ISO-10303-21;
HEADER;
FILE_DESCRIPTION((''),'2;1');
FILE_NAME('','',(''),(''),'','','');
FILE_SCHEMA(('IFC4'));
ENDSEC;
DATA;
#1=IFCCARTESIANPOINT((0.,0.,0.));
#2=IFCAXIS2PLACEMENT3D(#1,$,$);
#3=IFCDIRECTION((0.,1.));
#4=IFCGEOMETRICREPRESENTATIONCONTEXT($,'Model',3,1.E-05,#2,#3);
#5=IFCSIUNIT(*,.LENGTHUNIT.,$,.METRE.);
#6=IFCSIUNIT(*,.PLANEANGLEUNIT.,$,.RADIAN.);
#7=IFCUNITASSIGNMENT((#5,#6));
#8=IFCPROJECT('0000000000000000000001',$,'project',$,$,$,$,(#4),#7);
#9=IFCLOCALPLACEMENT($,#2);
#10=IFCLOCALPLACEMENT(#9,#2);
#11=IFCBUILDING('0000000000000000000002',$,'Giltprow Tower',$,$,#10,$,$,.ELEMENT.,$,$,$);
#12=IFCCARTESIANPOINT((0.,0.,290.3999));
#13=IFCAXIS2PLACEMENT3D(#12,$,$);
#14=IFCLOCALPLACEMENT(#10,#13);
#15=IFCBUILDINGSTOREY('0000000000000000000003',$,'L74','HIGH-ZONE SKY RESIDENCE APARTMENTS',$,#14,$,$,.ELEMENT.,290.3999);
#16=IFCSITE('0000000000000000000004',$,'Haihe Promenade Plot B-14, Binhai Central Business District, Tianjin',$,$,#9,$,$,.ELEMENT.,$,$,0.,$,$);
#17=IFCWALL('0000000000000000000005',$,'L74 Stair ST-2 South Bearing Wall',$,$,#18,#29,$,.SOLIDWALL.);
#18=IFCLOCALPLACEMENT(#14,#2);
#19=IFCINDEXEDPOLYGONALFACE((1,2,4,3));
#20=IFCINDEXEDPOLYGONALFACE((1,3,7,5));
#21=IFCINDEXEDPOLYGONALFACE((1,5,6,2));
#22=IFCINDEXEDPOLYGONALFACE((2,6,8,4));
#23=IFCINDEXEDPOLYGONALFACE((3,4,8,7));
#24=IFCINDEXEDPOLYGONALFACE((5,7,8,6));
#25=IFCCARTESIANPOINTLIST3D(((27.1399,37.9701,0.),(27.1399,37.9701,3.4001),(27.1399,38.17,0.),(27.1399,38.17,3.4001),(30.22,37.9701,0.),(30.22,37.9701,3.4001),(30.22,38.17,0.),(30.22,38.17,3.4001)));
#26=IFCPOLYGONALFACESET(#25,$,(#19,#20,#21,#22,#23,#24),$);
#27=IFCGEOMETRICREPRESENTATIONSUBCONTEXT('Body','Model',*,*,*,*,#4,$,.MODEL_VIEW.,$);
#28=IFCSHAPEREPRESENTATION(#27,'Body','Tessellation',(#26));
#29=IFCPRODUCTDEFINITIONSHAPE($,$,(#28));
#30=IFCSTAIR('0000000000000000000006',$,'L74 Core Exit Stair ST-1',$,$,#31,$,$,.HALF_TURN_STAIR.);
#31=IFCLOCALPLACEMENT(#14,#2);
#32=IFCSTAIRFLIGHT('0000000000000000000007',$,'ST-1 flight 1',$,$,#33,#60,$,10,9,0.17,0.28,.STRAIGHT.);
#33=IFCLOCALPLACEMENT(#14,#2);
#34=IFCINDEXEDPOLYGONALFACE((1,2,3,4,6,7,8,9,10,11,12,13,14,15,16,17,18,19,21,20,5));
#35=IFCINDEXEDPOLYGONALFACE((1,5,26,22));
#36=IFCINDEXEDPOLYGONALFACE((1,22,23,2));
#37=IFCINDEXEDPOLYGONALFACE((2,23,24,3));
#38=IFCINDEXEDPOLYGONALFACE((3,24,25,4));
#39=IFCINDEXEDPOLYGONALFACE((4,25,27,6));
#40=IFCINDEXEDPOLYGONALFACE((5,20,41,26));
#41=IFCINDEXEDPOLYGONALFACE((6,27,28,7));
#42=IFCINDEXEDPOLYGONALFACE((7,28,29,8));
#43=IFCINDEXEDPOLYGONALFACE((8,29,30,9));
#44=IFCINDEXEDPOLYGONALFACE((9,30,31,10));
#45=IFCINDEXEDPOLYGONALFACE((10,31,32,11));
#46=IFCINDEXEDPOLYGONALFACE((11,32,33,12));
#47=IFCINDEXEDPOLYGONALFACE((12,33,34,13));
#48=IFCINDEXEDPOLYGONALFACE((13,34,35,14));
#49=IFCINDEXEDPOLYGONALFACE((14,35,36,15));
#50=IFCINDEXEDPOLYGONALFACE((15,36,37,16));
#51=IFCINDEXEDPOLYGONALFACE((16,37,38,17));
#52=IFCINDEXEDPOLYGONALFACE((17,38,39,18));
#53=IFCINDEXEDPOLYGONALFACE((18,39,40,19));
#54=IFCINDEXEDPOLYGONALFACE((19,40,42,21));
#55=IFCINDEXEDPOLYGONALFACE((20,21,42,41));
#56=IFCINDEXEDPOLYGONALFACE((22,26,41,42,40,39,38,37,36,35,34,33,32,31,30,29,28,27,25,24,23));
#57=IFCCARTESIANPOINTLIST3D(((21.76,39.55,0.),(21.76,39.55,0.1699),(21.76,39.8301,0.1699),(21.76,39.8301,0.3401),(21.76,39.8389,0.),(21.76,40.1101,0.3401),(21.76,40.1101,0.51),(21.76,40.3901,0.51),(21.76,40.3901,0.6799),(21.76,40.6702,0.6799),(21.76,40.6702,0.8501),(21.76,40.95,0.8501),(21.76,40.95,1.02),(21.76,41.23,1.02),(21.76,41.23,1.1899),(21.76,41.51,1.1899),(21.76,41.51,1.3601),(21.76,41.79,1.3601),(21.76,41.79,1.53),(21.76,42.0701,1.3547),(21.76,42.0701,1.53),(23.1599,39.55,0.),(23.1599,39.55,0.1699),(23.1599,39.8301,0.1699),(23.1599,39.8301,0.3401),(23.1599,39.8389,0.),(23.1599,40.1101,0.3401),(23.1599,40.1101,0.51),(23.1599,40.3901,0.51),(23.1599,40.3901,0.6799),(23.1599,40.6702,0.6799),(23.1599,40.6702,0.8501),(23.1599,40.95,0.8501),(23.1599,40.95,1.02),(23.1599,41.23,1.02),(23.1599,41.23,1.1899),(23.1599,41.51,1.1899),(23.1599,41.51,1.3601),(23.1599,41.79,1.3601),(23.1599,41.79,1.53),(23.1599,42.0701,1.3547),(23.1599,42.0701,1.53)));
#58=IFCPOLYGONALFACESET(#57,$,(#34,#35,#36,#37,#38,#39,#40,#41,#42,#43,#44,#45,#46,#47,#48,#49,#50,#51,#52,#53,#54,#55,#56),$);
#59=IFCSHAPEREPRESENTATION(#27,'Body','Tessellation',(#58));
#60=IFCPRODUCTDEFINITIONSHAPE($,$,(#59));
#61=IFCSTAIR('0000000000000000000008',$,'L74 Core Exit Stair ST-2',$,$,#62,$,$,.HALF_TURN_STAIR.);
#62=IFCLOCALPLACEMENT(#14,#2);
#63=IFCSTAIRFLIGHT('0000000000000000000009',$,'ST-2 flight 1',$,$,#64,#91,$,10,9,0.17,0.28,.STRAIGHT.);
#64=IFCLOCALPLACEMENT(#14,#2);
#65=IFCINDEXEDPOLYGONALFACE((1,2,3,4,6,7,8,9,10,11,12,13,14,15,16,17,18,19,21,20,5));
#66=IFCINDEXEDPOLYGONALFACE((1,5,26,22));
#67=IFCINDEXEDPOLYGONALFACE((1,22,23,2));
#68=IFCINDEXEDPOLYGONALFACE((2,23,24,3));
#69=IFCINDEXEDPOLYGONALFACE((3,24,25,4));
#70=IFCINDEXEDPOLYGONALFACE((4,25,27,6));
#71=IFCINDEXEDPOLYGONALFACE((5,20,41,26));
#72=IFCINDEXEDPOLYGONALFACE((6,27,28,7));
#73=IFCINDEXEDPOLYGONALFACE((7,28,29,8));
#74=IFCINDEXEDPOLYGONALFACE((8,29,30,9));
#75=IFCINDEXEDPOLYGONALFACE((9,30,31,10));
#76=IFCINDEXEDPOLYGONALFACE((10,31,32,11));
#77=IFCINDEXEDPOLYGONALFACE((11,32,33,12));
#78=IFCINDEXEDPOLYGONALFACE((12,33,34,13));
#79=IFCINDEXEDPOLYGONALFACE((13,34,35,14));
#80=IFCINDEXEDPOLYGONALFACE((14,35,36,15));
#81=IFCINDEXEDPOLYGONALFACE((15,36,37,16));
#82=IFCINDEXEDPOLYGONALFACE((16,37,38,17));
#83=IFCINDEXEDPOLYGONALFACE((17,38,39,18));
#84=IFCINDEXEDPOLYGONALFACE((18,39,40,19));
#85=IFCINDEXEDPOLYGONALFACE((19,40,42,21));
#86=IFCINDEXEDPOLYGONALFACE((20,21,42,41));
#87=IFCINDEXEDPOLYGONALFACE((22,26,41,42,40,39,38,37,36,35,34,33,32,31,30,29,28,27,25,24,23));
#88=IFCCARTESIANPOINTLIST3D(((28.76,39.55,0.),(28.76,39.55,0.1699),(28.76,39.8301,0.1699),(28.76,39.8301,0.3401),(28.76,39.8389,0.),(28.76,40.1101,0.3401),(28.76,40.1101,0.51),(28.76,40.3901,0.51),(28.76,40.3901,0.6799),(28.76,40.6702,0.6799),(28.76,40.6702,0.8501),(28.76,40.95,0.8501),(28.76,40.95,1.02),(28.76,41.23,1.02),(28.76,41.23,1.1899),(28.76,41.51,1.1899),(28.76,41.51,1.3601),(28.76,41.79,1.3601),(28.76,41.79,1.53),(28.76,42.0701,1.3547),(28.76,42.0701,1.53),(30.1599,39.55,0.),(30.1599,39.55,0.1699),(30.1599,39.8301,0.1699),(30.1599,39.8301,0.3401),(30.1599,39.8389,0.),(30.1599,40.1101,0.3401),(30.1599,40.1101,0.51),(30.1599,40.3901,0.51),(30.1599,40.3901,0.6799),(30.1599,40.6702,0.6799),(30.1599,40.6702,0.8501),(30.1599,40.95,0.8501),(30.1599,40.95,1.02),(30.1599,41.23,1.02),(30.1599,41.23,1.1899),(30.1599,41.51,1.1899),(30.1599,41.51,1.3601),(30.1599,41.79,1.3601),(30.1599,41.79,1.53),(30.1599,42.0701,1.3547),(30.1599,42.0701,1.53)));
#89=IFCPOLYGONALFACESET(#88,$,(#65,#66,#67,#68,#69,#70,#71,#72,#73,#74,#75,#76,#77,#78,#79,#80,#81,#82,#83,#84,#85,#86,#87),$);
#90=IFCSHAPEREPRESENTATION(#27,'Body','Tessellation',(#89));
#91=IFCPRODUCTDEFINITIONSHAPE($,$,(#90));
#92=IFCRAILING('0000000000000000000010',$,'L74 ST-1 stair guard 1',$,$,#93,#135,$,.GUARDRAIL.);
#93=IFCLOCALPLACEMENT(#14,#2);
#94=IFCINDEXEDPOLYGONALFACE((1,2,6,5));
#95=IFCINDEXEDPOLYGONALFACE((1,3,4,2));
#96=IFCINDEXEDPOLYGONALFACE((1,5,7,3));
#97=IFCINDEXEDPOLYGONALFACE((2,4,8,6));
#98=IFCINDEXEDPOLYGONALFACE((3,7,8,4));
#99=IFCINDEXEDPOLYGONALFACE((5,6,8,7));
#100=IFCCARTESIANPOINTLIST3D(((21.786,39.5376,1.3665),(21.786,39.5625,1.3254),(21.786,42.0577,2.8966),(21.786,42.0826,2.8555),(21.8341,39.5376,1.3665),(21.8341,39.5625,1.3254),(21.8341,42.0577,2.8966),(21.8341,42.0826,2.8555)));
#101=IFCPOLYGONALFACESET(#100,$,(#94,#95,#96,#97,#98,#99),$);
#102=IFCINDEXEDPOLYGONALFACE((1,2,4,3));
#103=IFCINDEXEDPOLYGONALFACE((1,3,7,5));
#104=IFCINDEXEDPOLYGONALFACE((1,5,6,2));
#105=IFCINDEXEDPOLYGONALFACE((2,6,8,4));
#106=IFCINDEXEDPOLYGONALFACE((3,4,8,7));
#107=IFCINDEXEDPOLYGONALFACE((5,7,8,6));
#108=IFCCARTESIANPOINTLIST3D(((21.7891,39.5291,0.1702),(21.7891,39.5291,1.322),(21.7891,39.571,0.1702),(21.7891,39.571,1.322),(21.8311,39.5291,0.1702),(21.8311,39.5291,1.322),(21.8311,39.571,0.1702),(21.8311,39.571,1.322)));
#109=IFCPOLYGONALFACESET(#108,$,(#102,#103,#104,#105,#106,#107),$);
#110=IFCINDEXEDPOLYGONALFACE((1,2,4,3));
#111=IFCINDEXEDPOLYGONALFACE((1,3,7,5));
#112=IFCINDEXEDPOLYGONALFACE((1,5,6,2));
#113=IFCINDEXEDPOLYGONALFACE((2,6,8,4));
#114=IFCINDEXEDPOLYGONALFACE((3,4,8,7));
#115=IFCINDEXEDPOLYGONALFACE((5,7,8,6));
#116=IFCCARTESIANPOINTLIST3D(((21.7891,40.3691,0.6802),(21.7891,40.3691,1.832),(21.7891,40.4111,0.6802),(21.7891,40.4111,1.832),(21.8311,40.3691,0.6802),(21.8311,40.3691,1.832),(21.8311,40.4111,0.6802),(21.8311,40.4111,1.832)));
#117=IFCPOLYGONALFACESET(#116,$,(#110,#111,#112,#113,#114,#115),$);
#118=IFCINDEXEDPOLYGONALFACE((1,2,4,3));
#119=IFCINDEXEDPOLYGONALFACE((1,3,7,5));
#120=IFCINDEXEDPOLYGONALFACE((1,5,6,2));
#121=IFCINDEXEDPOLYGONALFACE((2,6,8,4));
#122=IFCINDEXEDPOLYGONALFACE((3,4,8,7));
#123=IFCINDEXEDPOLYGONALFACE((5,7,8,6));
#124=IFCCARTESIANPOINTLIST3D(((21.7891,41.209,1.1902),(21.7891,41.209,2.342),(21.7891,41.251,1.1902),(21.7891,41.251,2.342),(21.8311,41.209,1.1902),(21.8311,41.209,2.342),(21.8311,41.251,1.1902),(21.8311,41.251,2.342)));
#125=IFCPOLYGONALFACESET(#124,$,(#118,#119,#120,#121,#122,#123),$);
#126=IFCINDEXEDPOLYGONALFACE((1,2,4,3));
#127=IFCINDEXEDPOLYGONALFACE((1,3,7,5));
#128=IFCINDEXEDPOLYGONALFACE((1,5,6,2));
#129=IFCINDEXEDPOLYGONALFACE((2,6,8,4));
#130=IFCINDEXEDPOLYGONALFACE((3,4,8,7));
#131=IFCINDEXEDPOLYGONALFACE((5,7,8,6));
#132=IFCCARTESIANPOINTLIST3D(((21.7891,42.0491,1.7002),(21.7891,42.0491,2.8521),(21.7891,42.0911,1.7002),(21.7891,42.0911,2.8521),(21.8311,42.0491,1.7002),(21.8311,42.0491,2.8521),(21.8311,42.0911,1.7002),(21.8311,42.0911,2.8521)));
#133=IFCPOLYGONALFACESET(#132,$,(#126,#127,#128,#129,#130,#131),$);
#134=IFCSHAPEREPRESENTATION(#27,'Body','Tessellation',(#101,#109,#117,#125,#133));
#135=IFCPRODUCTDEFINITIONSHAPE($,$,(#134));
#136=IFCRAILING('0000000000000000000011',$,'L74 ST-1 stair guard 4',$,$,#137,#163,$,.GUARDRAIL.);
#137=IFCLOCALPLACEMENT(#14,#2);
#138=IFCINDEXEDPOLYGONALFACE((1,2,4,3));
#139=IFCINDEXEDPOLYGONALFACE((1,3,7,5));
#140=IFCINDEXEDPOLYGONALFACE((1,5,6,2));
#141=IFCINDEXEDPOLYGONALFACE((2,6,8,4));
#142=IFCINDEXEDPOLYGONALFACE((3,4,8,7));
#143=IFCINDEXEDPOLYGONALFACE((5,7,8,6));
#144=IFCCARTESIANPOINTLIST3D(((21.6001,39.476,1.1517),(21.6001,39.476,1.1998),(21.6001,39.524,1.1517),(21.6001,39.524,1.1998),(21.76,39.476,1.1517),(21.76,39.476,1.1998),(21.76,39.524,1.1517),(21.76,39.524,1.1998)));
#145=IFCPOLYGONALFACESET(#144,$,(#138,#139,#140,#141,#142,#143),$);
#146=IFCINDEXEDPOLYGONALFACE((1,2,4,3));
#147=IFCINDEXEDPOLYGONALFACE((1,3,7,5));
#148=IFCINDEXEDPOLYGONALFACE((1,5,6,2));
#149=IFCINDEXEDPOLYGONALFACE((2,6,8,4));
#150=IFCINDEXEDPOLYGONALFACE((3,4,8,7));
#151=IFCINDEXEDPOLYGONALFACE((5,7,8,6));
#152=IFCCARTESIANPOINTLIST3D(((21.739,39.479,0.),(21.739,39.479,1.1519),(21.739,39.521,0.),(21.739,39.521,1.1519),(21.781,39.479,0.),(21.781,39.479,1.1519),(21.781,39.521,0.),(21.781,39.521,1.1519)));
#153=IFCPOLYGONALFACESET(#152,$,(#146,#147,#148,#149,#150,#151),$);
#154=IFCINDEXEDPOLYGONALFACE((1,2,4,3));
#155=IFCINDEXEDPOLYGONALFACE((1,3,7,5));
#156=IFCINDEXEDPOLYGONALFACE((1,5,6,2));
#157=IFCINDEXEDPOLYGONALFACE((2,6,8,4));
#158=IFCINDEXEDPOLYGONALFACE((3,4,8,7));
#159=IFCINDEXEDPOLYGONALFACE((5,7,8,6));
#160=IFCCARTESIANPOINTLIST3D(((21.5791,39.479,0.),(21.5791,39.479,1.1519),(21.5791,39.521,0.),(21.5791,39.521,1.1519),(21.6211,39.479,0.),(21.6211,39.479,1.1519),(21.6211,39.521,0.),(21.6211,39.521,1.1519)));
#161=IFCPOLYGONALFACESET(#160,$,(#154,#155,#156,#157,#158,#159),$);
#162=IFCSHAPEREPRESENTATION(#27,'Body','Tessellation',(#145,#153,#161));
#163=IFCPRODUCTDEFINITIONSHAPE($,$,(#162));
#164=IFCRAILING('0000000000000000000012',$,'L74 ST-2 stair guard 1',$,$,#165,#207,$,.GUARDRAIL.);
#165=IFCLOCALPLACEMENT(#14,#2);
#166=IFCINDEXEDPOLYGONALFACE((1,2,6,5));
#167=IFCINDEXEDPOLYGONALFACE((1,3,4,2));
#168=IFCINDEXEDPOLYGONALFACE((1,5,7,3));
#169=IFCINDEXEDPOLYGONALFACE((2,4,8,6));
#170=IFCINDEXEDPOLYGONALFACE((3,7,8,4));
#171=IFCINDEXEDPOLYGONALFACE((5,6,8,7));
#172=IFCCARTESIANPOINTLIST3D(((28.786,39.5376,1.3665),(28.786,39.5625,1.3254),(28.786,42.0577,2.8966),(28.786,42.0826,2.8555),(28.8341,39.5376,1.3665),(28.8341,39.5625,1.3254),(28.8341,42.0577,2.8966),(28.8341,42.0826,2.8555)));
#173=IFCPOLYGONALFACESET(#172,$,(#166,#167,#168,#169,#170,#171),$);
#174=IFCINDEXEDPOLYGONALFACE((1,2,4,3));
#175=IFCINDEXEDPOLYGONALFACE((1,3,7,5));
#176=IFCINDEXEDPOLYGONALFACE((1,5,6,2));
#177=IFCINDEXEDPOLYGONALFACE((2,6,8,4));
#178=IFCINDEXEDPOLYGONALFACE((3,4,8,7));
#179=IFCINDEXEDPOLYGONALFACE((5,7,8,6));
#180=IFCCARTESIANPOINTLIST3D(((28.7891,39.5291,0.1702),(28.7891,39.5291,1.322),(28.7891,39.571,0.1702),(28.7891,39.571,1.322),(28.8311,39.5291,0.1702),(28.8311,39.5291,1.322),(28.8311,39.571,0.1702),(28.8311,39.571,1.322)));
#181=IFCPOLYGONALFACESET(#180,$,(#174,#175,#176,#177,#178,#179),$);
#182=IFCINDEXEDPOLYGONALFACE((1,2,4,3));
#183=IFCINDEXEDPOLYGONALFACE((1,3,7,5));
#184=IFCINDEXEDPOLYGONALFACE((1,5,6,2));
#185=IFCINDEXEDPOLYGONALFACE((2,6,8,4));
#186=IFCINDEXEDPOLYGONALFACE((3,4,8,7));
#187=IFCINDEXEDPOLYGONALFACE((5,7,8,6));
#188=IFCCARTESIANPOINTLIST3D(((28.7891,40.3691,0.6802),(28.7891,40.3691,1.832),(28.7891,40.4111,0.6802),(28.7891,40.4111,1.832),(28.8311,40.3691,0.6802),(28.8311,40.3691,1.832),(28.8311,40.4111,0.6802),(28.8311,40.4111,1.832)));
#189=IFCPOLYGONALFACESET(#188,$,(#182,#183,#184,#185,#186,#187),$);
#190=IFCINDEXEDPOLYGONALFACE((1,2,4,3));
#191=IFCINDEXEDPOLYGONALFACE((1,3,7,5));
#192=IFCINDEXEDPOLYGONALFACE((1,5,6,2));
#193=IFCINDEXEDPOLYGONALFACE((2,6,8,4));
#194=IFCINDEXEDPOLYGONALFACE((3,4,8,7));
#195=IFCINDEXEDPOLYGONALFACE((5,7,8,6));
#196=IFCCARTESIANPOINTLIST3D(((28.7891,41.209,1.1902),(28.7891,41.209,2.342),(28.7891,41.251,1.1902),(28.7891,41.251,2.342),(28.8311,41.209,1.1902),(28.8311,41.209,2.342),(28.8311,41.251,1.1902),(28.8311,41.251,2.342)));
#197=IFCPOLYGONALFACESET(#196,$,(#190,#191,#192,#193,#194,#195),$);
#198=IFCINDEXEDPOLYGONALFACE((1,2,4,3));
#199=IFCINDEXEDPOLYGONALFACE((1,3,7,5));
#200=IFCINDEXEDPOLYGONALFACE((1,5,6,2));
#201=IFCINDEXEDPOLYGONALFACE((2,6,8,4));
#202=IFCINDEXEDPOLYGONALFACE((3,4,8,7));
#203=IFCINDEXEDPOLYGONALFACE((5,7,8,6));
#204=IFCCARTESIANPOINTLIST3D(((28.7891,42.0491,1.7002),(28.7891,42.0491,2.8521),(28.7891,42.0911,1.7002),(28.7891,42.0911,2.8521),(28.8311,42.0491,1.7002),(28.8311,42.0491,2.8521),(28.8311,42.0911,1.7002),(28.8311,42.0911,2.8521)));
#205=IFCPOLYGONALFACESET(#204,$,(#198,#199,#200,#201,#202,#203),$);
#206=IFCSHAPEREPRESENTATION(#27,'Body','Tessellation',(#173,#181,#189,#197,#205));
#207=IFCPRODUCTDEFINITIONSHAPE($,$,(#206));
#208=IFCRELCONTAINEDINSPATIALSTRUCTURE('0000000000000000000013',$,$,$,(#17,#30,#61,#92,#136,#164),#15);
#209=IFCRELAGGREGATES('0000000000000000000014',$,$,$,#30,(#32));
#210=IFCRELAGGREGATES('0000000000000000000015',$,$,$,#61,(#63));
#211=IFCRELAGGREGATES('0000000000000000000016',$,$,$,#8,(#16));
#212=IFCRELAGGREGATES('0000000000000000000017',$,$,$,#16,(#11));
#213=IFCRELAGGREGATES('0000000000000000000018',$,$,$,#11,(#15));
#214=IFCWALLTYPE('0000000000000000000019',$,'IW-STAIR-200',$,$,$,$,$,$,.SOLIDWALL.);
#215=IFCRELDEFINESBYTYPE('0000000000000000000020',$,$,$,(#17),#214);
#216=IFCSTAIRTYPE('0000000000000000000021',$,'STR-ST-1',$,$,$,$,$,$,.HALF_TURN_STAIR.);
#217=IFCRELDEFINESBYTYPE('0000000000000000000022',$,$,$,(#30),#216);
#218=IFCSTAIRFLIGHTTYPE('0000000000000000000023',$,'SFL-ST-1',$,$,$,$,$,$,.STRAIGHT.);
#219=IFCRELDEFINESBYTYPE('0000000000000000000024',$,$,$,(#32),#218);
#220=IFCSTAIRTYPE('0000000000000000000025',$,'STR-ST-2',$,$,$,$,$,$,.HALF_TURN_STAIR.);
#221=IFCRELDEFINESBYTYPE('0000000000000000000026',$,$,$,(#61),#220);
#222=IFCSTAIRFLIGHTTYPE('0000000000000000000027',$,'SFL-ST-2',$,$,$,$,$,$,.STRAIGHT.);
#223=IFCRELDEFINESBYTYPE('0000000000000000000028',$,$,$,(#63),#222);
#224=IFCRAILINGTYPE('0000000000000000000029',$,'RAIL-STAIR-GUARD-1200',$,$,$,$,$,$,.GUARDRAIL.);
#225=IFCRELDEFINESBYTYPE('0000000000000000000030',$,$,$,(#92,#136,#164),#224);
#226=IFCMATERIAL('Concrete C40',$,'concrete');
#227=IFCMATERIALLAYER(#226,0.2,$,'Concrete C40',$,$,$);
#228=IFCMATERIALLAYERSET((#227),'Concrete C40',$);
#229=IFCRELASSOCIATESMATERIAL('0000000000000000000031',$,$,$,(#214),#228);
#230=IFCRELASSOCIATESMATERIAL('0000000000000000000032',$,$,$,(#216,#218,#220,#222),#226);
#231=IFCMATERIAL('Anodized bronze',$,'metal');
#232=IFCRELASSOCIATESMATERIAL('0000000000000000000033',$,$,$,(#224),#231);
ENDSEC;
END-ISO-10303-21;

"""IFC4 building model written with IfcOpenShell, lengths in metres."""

from ifc_helpers import new_model, si_unit, direction, frame, frame_2d, origin, origin_2d, place, context, subcontext, project, spatial, polyline, rectangle, outline, extrude, material, layer, layer_set, type_object, element, aggregate, save


model = new_model("IFC4")

# Units and contexts
model_context = context("Model", 3, precision=1e-05, world=origin(), true_north=direction((0.0, 1.0)))
body_context = subcontext(model_context, "Body", "Model", "MODEL_VIEW")
ifc_project = project(units=[si_unit("LENGTHUNIT", "METRE"), si_unit("PLANEANGLEUNIT", "RADIAN")], contexts=[model_context])

# Site, building, storey
site_placement = place(None, origin())
site = spatial("IfcSite", under=ifc_project, at=site_placement, Name="Haihe Promenade Plot B-14, Binhai Central Business District, Tianjin", CompositionType="ELEMENT", RefElevation=0.0)
building_placement = place(site_placement, origin())
building = spatial("IfcBuilding", under=site, at=building_placement, Name="Giltprow Tower", CompositionType="ELEMENT")
storey_placement = place(building_placement, frame((0.0, 0.0, 290.3999)))
storey = spatial("IfcBuildingStorey", under=building, at=storey_placement, Name="L74", Description="HIGH-ZONE SKY RESIDENCE APARTMENTS", CompositionType="ELEMENT", Elevation=290.3999)

# Shared definitions
ifc_material_1 = material(Name="Concrete C40", Category="concrete")
ifc_layer_1 = layer(ifc_material_1, 0.2, Name="Concrete C40")
ifc_layer_set_1 = layer_set([ifc_layer_1], Name="Concrete C40")
wall_type_1 = type_object("IfcWallType", Name="IW-STAIR-200", PredefinedType="SOLIDWALL", material=ifc_layer_set_1)

# Wall
wall_1_placement = place(storey_placement, frame((27.1399, 38.0701, 0.0), z_axis=(0.0, 0.0, 1.0), x_axis=(1.0, 0.0, 0.0)))
element("IfcWall", 1, at=wall_1_placement, inside=storey, type_object=wall_type_1, Name="L74 Stair ST-2 South Bearing Wall", PredefinedType="SOLIDWALL", context=body_context, shape_type="SweptSolid", body=[
    extrude(rectangle(XDim=3.0801, YDim=0.2, at=frame_2d((1.54, 0.0))), origin(), (0.0, 0.0, 1.0), 3.4001),
])

# Stairs, stair flights
stair_type_1 = type_object("IfcStairType", Name="STR-ST-1", PredefinedType="HALF_TURN_STAIR", material=ifc_material_1)
stair_1_placement = place(storey_placement, origin())
stair_1 = element("IfcStair", 2, at=stair_1_placement, inside=storey, type_object=stair_type_1, Name="L74 Core Exit Stair ST-1", PredefinedType="HALF_TURN_STAIR")
stair_flight_type_1 = type_object("IfcStairFlightType", Name="SFL-ST-1", PredefinedType="STRAIGHT", material=ifc_material_1)
stair_flight_1_placement = place(storey_placement, frame((22.46, 39.55, 0.0), z_axis=(0.0, 0.0, 1.0), x_axis=(0.0, 1.0, 0.0)))
stair_flight_1 = element("IfcStairFlight", 3, at=stair_flight_1_placement, type_object=stair_flight_type_1, Name="ST-1 flight 1", NumberOfRisers=10, NumberOfTreads=9, PredefinedType="STRAIGHT", RiserHeight=0.17, TreadLength=0.28, context=body_context, shape_type="SweptSolid", body=[
    extrude(outline(polyline([(0.0, 0.0), (0.0, 0.1699), (0.28, 0.1699), (0.28, 0.3401), (0.5601, 0.3401), (0.5601, 0.51), (0.8401, 0.51), (0.8401, 0.6799), (1.1201, 0.6799), (1.1201, 0.8501), (1.3999, 0.8501), (1.3999, 1.02), (1.6799, 1.02), (1.6799, 1.1899), (1.96, 1.1899), (1.96, 1.3601), (2.24, 1.3601), (2.24, 1.53), (2.52, 1.53), (2.52, 1.7), (2.52, 1.3547), (0.2888, 0.0), (0.0, 0.0)])), frame((0.0, 0.7, 0.0), z_axis=(0.0, -1.0, 0.0), x_axis=(1.0, 0.0, 0.0)), (0.0, 0.0, 1.0), 1.3999),
])
aggregate(stair_1, [stair_flight_1])
stair_type_2 = type_object("IfcStairType", Name="STR-ST-2", PredefinedType="HALF_TURN_STAIR", material=ifc_material_1)
stair_2_placement = place(storey_placement, origin())
stair_2 = element("IfcStair", 4, at=stair_2_placement, inside=storey, type_object=stair_type_2, Name="L74 Core Exit Stair ST-2", PredefinedType="HALF_TURN_STAIR")
stair_flight_type_2 = type_object("IfcStairFlightType", Name="SFL-ST-2", PredefinedType="STRAIGHT", material=ifc_material_1)
stair_flight_2_placement = place(storey_placement, frame((29.46, 39.55, 0.0), z_axis=(0.0, 0.0, 1.0), x_axis=(0.0, 1.0, 0.0)))
stair_flight_2 = element("IfcStairFlight", 5, at=stair_flight_2_placement, type_object=stair_flight_type_2, Name="ST-2 flight 1", NumberOfRisers=10, NumberOfTreads=9, PredefinedType="STRAIGHT", RiserHeight=0.17, TreadLength=0.28, context=body_context, shape_type="SweptSolid", body=[
    extrude(outline(polyline([(0.0, 0.0), (0.0, 0.1699), (0.28, 0.1699), (0.28, 0.3401), (0.5601, 0.3401), (0.5601, 0.51), (0.8401, 0.51), (0.8401, 0.6799), (1.1201, 0.6799), (1.1201, 0.8501), (1.3999, 0.8501), (1.3999, 1.02), (1.6799, 1.02), (1.6799, 1.1899), (1.96, 1.1899), (1.96, 1.3601), (2.24, 1.3601), (2.24, 1.53), (2.52, 1.53), (2.52, 1.7), (2.52, 1.3547), (0.2888, 0.0), (0.0, 0.0)])), frame((0.0, 0.7, 0.0), z_axis=(0.0, -1.0, 0.0), x_axis=(1.0, 0.0, 0.0)), (0.0, 0.0, 1.0), 1.3999),
])
aggregate(stair_2, [stair_flight_2])

# Railings
ifc_material_2 = material(Name="Anodized bronze", Category="metal")
railing_type_1 = type_object("IfcRailingType", Name="RAIL-STAIR-GUARD-1200", PredefinedType="GUARDRAIL", material=ifc_material_2)
railing_1_placement = place(storey_placement, frame((21.8101, 39.55, 0.1702)))
element("IfcRailing", 6, at=railing_1_placement, inside=storey, type_object=railing_type_1, Name="L74 ST-1 stair guard 1", PredefinedType="GUARDRAIL", context=body_context, shape_type="SweptSolid", body=[
    extrude(rectangle(XDim=0.0481, YDim=0.0481, at=origin_2d()), frame((0.0, 0.0, 1.1758), z_axis=(0.0, 0.854785, 0.518982), x_axis=(-1.0, 0.0, 0.0)), (0.0, 0.0, 1.0), 2.9482),
    extrude(rectangle(XDim=0.042, YDim=0.042, at=origin_2d()), origin(), (0.0, 0.0, 1.0), 1.1519),
    extrude(rectangle(XDim=0.042, YDim=0.042, at=origin_2d()), frame((0.0, 0.8401, 0.51)), (0.0, 0.0, 1.0), 1.1519),
    extrude(rectangle(XDim=0.042, YDim=0.042, at=origin_2d()), frame((0.0, 1.6799, 1.02)), (0.0, 0.0, 1.0), 1.1519),
    extrude(rectangle(XDim=0.042, YDim=0.042, at=origin_2d()), frame((0.0, 2.52, 1.53)), (0.0, 0.0, 1.0), 1.1519),
])
railing_2_placement = place(storey_placement, frame((21.76, 39.5, 0.0)))
element("IfcRailing", 7, at=railing_2_placement, inside=storey, type_object=railing_type_1, Name="L74 ST-1 stair guard 4", PredefinedType="GUARDRAIL", context=body_context, shape_type="SweptSolid", body=[
    extrude(rectangle(XDim=0.0481, YDim=0.0481, at=origin_2d()), frame((0.0, 0.0, 1.1758), z_axis=(-1.0, 0.0, 0.0), x_axis=(0.0, -1.0, 0.0)), (0.0, 0.0, 1.0), 0.1599),
    extrude(rectangle(XDim=0.042, YDim=0.042, at=origin_2d()), origin(), (0.0, 0.0, 1.0), 1.1519),
    extrude(rectangle(XDim=0.042, YDim=0.042, at=origin_2d()), frame((-0.1599, 0.0, 0.0)), (0.0, 0.0, 1.0), 1.1519),
])
railing_3_placement = place(storey_placement, frame((28.8101, 39.55, 0.1702)))
element("IfcRailing", 8, at=railing_3_placement, inside=storey, type_object=railing_type_1, Name="L74 ST-2 stair guard 1", PredefinedType="GUARDRAIL", context=body_context, shape_type="SweptSolid", body=[
    extrude(rectangle(XDim=0.0481, YDim=0.0481, at=origin_2d()), frame((0.0, 0.0, 1.1758), z_axis=(0.0, 0.854785, 0.518982), x_axis=(-1.0, 0.0, 0.0)), (0.0, 0.0, 1.0), 2.9482),
    extrude(rectangle(XDim=0.042, YDim=0.042, at=origin_2d()), origin(), (0.0, 0.0, 1.0), 1.1519),
    extrude(rectangle(XDim=0.042, YDim=0.042, at=origin_2d()), frame((0.0, 0.8401, 0.51)), (0.0, 0.0, 1.0), 1.1519),
    extrude(rectangle(XDim=0.042, YDim=0.042, at=origin_2d()), frame((0.0, 1.6799, 1.02)), (0.0, 0.0, 1.0), 1.1519),
    extrude(rectangle(XDim=0.042, YDim=0.042, at=origin_2d()), frame((0.0, 2.52, 1.53)), (0.0, 0.0, 1.0), 1.1519),
])

save(model, "model.ifc")
